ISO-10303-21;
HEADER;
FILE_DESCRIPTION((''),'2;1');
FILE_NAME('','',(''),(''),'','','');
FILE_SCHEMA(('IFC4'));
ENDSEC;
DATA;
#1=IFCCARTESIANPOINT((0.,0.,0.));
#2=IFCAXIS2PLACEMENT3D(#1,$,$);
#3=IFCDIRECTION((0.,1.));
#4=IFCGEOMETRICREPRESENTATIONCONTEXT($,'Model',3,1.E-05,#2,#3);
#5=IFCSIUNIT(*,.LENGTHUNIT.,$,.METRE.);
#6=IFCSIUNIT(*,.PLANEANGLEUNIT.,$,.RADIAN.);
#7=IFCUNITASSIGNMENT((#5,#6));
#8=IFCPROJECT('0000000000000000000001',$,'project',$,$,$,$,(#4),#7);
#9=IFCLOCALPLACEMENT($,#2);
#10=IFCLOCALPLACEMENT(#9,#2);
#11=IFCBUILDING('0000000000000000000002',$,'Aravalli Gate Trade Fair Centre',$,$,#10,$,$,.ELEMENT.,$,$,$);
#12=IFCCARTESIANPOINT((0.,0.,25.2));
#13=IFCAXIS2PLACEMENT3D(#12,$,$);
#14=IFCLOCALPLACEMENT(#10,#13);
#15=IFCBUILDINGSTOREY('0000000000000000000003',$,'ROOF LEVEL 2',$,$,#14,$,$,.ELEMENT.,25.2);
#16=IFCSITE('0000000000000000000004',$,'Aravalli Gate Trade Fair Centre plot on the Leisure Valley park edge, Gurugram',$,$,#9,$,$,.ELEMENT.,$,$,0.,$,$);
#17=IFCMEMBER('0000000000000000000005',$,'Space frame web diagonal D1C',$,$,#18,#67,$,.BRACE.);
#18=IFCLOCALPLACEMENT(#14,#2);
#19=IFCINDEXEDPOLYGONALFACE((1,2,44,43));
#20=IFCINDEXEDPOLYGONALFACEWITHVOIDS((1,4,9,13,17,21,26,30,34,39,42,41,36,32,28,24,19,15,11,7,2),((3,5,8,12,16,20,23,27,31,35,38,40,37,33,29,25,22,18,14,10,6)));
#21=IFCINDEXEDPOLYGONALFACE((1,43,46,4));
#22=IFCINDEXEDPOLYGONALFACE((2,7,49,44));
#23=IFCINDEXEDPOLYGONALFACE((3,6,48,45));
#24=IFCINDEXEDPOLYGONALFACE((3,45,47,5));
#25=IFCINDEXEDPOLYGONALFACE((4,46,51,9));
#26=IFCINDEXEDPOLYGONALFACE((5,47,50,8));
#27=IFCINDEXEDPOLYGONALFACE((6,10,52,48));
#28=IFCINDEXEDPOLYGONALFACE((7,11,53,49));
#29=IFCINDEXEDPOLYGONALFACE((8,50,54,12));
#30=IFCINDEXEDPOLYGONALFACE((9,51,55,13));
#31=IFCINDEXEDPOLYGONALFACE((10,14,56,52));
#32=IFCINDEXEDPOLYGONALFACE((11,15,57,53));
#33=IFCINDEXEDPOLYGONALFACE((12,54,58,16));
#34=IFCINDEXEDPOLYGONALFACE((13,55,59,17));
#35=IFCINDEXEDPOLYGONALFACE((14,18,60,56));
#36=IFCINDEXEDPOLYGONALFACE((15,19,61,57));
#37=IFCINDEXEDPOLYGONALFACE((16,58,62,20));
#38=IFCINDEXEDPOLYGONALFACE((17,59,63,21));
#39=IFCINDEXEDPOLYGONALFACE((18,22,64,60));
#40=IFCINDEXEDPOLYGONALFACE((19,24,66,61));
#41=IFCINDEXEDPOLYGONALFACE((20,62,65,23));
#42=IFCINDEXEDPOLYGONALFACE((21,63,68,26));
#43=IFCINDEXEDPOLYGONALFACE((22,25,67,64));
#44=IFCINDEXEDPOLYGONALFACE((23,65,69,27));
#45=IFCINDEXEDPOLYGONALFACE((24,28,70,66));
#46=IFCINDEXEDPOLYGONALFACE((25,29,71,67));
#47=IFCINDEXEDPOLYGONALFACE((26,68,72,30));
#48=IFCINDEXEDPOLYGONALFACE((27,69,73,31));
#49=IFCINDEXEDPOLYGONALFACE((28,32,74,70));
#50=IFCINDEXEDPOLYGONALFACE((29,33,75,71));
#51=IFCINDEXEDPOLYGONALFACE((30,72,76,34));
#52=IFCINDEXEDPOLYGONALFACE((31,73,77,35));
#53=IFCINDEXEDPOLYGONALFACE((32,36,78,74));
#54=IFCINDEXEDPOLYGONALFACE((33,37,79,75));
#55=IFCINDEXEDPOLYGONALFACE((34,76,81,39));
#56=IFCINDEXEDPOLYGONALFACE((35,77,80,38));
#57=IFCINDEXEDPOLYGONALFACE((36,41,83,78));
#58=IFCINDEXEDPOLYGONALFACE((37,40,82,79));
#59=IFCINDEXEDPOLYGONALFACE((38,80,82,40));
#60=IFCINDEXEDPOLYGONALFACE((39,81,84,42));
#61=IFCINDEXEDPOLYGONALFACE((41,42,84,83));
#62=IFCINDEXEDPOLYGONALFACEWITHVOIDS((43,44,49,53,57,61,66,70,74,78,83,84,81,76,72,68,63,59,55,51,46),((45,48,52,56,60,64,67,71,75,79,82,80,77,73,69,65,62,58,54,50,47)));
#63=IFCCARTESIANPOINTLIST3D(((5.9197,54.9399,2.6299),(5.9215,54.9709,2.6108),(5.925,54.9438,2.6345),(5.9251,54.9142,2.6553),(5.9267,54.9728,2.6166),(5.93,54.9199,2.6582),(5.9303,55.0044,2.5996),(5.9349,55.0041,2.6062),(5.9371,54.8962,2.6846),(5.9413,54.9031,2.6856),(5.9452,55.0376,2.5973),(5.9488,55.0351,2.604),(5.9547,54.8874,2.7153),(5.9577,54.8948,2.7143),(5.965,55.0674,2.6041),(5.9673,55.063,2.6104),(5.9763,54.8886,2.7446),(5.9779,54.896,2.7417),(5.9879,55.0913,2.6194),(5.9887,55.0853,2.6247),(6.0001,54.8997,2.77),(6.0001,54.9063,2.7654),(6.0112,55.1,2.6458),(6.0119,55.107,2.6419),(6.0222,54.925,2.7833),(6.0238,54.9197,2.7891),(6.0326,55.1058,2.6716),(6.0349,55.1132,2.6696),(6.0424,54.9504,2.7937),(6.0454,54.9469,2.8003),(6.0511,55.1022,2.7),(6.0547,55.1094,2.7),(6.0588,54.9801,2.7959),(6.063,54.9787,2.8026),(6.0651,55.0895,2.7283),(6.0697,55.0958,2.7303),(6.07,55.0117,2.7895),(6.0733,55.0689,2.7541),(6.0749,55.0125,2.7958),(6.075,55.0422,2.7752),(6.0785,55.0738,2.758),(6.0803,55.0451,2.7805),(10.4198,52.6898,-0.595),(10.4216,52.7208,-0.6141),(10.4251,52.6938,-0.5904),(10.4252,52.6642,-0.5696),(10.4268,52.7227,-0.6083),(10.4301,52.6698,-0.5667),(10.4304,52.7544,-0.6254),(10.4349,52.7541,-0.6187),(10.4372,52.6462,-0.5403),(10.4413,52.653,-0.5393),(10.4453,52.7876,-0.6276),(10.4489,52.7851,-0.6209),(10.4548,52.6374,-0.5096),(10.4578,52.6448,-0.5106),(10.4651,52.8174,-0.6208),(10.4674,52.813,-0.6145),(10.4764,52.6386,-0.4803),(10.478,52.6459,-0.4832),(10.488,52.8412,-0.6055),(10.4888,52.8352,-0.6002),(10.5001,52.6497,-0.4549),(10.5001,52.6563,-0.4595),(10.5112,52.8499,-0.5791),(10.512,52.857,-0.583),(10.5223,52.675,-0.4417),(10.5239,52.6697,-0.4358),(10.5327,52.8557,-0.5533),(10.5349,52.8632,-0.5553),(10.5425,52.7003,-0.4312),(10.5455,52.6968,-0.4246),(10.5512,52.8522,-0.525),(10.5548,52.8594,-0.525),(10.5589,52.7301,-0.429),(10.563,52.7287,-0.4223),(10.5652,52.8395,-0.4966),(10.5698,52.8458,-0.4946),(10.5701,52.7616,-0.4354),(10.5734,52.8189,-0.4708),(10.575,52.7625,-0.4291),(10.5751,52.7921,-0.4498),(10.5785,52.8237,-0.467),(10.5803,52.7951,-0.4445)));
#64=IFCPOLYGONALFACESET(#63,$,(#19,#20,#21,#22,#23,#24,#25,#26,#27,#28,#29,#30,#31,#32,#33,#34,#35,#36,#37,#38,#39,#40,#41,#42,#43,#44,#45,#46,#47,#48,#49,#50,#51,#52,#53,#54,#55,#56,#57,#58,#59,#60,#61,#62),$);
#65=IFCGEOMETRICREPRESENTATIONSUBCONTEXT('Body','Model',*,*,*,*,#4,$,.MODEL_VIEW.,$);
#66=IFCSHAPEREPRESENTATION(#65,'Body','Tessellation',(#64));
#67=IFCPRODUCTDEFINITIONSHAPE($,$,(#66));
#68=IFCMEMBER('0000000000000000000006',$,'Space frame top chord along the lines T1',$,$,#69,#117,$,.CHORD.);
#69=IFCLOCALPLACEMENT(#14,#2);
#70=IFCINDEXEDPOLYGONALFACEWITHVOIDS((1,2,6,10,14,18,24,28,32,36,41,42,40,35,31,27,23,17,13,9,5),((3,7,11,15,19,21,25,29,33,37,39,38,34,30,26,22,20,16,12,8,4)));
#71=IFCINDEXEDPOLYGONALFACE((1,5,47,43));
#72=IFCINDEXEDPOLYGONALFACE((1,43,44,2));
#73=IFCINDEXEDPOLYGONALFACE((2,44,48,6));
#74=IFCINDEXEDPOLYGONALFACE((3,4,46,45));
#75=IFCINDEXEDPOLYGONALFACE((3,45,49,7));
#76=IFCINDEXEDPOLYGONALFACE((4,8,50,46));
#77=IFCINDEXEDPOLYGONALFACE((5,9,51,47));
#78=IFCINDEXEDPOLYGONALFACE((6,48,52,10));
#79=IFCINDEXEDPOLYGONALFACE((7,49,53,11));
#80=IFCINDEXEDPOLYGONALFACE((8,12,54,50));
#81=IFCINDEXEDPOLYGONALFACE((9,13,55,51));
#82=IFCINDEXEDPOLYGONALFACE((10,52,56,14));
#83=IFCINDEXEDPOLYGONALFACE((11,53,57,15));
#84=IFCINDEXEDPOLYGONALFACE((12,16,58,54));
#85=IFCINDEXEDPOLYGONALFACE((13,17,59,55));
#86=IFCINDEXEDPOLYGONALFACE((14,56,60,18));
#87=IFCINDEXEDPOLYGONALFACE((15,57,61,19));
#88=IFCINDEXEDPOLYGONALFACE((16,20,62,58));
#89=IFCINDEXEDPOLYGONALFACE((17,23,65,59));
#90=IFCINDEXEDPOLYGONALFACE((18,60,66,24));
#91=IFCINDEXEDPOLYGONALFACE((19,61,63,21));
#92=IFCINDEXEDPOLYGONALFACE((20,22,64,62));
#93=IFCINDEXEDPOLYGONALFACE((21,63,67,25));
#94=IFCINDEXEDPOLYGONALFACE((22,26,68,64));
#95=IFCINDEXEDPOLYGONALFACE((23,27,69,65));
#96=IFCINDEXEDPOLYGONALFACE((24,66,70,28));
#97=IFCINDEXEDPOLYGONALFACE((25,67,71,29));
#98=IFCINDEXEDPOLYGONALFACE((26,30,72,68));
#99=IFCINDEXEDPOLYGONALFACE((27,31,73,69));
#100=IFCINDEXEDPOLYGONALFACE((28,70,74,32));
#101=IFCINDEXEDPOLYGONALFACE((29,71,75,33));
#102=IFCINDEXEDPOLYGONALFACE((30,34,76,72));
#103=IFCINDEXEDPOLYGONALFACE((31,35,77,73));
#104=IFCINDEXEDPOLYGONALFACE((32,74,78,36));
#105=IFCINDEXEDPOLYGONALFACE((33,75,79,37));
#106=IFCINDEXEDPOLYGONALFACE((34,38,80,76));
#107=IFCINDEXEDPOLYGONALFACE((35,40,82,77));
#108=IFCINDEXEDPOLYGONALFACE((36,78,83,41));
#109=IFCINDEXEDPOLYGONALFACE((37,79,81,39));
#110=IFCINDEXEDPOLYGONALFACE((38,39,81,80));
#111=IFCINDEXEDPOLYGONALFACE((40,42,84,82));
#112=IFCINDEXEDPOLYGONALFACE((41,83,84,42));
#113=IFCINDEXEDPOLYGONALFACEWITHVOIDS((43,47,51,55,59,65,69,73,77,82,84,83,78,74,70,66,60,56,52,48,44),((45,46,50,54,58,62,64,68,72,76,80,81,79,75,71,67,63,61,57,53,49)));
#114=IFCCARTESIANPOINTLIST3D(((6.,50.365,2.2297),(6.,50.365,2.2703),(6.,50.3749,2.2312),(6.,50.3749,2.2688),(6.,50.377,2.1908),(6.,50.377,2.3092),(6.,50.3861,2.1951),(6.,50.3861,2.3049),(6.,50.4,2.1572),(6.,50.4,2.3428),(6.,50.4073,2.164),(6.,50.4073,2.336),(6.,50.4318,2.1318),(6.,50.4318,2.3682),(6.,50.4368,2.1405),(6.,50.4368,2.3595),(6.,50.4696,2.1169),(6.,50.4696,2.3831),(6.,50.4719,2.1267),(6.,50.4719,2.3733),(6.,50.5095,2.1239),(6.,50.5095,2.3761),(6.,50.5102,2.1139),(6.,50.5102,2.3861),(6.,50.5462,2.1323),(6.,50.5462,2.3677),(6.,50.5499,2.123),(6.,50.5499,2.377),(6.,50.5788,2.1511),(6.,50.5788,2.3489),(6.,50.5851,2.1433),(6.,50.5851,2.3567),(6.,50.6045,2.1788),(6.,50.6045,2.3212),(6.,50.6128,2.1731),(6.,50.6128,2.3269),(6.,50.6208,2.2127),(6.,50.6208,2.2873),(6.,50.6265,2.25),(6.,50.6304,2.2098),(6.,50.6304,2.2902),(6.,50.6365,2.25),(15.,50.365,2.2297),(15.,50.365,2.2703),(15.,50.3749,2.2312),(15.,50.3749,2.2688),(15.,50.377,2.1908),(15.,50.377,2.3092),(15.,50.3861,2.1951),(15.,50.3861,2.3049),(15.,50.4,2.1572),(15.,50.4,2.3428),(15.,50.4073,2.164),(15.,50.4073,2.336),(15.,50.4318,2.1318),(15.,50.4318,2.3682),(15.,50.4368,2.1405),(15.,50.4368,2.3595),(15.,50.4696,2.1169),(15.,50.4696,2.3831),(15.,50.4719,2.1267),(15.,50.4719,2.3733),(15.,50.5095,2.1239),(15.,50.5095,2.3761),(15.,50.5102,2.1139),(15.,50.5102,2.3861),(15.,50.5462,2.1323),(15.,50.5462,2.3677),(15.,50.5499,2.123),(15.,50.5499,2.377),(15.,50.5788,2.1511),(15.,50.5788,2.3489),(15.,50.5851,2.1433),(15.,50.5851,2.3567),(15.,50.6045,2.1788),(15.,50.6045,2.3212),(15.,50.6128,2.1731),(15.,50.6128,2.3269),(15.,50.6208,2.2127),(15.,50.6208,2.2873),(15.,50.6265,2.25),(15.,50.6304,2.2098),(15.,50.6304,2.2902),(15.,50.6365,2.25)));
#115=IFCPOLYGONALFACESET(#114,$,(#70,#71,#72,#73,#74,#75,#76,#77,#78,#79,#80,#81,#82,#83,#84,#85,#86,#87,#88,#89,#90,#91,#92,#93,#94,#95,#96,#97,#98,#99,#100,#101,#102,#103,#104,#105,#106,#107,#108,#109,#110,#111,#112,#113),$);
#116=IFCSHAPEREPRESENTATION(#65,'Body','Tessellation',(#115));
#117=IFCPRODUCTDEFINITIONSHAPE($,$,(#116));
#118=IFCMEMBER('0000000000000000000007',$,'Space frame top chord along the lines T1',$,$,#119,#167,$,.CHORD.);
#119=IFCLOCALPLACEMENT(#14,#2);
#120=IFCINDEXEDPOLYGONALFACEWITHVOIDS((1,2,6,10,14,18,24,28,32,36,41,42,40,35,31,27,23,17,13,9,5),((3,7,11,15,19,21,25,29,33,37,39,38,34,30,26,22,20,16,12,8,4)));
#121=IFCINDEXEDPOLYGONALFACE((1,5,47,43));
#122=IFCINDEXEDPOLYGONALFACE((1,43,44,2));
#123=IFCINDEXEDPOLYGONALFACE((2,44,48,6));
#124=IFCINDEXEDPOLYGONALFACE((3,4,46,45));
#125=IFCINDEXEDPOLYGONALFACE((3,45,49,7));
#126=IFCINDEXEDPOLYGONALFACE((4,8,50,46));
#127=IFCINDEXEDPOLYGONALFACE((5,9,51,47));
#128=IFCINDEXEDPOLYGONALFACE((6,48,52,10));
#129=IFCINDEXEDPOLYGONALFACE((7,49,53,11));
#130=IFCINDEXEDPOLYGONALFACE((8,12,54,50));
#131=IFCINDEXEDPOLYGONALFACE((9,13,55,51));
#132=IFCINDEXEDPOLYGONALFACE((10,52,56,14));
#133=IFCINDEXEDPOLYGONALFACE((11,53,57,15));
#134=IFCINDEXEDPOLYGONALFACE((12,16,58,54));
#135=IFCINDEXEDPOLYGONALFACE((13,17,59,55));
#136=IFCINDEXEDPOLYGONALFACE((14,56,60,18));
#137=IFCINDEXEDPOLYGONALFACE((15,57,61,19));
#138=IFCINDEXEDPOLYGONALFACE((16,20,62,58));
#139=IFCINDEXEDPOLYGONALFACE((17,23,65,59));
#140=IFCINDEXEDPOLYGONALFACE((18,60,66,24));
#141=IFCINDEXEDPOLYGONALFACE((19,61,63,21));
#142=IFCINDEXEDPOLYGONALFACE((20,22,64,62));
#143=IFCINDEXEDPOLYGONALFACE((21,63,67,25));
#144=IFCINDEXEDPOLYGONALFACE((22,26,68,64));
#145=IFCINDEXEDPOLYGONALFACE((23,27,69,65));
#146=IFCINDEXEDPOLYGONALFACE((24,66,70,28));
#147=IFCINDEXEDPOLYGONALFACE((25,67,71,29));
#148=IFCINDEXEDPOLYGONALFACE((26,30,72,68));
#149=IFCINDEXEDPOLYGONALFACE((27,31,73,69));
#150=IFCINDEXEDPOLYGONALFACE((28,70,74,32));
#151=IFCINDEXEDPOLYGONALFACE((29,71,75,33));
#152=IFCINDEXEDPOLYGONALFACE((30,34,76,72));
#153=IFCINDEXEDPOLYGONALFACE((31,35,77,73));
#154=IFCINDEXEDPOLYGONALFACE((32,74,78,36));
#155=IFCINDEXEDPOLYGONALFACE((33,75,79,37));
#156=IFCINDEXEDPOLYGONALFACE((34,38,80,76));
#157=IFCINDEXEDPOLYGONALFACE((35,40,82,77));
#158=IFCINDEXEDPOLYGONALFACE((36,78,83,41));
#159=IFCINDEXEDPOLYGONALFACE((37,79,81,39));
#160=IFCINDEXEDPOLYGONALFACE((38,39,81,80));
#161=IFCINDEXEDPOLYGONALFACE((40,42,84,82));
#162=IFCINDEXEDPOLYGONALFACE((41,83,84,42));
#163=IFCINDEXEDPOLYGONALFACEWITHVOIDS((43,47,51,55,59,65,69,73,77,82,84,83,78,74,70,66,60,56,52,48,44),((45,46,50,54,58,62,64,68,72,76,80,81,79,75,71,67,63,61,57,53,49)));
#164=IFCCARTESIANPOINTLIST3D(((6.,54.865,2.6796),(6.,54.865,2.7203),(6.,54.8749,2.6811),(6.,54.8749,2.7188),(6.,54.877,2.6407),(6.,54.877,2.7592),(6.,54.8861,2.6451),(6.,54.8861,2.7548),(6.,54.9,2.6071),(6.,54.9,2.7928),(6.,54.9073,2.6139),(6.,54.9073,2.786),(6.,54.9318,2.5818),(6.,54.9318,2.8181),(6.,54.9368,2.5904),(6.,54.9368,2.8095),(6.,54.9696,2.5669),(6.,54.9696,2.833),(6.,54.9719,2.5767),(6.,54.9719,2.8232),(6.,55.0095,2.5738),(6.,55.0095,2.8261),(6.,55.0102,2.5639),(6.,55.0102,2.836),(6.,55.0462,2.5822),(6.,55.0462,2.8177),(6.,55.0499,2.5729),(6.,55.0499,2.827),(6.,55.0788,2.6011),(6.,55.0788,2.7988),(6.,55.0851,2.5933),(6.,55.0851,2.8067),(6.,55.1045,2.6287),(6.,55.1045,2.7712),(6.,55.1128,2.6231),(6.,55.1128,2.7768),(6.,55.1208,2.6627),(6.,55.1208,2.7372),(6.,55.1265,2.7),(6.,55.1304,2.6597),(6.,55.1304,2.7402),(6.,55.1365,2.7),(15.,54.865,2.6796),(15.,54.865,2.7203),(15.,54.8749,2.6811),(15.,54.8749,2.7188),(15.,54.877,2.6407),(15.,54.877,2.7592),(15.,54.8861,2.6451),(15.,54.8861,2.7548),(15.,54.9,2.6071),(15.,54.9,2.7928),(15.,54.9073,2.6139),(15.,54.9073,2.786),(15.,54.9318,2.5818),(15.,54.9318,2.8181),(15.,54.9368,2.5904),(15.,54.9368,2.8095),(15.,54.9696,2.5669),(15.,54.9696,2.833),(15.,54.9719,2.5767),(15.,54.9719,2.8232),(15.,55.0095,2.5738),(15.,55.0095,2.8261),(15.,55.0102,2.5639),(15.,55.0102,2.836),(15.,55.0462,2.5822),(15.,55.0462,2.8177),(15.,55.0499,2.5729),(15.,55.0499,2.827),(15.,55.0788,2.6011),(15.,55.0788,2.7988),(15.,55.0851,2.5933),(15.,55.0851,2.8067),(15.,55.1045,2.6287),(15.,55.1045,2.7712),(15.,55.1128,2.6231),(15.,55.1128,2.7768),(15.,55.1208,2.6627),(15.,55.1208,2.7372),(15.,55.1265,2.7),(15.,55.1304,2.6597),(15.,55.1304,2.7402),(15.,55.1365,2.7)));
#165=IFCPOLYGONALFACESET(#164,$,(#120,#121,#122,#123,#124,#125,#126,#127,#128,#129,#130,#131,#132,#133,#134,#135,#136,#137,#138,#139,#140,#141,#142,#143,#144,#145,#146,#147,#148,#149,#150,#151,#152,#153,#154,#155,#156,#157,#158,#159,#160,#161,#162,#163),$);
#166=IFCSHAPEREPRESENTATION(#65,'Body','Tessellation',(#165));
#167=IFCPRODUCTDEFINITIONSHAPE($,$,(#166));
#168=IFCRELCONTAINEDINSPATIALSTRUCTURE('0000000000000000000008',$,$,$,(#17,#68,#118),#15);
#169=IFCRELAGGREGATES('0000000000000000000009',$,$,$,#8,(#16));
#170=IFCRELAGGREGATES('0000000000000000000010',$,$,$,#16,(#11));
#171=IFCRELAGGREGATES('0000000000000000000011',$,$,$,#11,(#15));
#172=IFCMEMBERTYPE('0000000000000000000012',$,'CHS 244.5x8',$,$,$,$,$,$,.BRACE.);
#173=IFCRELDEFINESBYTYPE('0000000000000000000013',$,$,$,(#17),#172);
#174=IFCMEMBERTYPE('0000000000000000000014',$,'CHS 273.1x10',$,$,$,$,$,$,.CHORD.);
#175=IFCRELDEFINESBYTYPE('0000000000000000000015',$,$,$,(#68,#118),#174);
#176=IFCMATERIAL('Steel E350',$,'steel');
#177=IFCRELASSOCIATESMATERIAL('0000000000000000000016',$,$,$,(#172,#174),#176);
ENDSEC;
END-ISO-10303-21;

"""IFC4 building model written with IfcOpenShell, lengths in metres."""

from ifc_helpers import new_model, si_unit, direction, frame, origin, origin_2d, place, context, subcontext, project, spatial, hollow_circle, extrude, material, material_profile, profile_set, type_object, element, save


model = new_model("IFC4")

# Units and contexts
model_context = context("Model", 3, precision=1e-05, world=origin(), true_north=direction((0.0, 1.0)))
body_context = subcontext(model_context, "Body", "Model", "MODEL_VIEW")
ifc_project = project(units=[si_unit("LENGTHUNIT", "METRE"), si_unit("PLANEANGLEUNIT", "RADIAN")], contexts=[model_context])

# Site, building, storey
site_placement = place(None, origin())
site = spatial("IfcSite", under=ifc_project, at=site_placement, Name="Aravalli Gate Trade Fair Centre plot on the Leisure Valley park edge, Gurugram", CompositionType="ELEMENT", RefElevation=0.0)
building_placement = place(site_placement, origin())
building = spatial("IfcBuilding", under=site, at=building_placement, Name="Aravalli Gate Trade Fair Centre", CompositionType="ELEMENT")
storey_placement = place(building_placement, frame((0.0, 0.0, 25.2)))
storey = spatial("IfcBuildingStorey", under=building, at=storey_placement, Name="ROOF LEVEL 2", CompositionType="ELEMENT", Elevation=25.2)

# Members
ifc_material_1 = material(Name="Steel E350", Category="steel")
ifc_material_profile_1 = material_profile(ifc_material_1, hollow_circle(Radius=0.1223, WallThickness=0.0081, at=origin_2d()), Name="CHS 244.5x8")
ifc_profile_set_1 = profile_set([ifc_material_profile_1], Name="Steel E350")
member_type_1 = type_object("IfcMemberType", Name="CHS 244.5x8", PredefinedType="BRACE", material=ifc_profile_set_1)
for number, where, z_axis, x_axis, name in (
    (1, (6.0, 55.0, 2.7), (0.753016, -0.376508, -0.539637), (0.447214, 0.894427, 0.0), "Space frame web diagonal D1C"),
):
    element("IfcMember", number, at=place(storey_placement, frame(where, z_axis=z_axis, x_axis=x_axis)), inside=storey, type_object=member_type_1, Name=name, PredefinedType="BRACE", context=body_context, shape_type="SweptSolid", body=[
        extrude(hollow_circle(Radius=0.1223, WallThickness=0.0081, at=origin_2d()), origin(), (0.0, 0.0, 1.0), 5.9761),
    ])
ifc_material_profile_2 = material_profile(ifc_material_1, hollow_circle(Radius=0.1365, WallThickness=0.01, at=origin_2d()), Name="CHS 273.1x10")
ifc_profile_set_2 = profile_set([ifc_material_profile_2], Name="Steel E350")
member_type_2 = type_object("IfcMemberType", Name="CHS 273.1x10", PredefinedType="CHORD", material=ifc_profile_set_2)
for number, where, z_axis, x_axis, name in (
    (2, (6.0, 50.5, 2.25), (1.0, 0.0, 0.0), (0.0, 1.0, 0.0), "Space frame top chord along the lines T1"),
    (3, (6.0, 55.0, 2.7), (1.0, 0.0, 0.0), (0.0, 1.0, 0.0), "Space frame top chord along the lines T1"),
):
    element("IfcMember", number, at=place(storey_placement, frame(where, z_axis=z_axis, x_axis=x_axis)), inside=storey, type_object=member_type_2, Name=name, PredefinedType="CHORD", context=body_context, shape_type="SweptSolid", body=[
        extrude(hollow_circle(Radius=0.1365, WallThickness=0.01, at=origin_2d()), origin(), (0.0, 0.0, 1.0), 9.0),
    ])

save(model, "model.ifc")
